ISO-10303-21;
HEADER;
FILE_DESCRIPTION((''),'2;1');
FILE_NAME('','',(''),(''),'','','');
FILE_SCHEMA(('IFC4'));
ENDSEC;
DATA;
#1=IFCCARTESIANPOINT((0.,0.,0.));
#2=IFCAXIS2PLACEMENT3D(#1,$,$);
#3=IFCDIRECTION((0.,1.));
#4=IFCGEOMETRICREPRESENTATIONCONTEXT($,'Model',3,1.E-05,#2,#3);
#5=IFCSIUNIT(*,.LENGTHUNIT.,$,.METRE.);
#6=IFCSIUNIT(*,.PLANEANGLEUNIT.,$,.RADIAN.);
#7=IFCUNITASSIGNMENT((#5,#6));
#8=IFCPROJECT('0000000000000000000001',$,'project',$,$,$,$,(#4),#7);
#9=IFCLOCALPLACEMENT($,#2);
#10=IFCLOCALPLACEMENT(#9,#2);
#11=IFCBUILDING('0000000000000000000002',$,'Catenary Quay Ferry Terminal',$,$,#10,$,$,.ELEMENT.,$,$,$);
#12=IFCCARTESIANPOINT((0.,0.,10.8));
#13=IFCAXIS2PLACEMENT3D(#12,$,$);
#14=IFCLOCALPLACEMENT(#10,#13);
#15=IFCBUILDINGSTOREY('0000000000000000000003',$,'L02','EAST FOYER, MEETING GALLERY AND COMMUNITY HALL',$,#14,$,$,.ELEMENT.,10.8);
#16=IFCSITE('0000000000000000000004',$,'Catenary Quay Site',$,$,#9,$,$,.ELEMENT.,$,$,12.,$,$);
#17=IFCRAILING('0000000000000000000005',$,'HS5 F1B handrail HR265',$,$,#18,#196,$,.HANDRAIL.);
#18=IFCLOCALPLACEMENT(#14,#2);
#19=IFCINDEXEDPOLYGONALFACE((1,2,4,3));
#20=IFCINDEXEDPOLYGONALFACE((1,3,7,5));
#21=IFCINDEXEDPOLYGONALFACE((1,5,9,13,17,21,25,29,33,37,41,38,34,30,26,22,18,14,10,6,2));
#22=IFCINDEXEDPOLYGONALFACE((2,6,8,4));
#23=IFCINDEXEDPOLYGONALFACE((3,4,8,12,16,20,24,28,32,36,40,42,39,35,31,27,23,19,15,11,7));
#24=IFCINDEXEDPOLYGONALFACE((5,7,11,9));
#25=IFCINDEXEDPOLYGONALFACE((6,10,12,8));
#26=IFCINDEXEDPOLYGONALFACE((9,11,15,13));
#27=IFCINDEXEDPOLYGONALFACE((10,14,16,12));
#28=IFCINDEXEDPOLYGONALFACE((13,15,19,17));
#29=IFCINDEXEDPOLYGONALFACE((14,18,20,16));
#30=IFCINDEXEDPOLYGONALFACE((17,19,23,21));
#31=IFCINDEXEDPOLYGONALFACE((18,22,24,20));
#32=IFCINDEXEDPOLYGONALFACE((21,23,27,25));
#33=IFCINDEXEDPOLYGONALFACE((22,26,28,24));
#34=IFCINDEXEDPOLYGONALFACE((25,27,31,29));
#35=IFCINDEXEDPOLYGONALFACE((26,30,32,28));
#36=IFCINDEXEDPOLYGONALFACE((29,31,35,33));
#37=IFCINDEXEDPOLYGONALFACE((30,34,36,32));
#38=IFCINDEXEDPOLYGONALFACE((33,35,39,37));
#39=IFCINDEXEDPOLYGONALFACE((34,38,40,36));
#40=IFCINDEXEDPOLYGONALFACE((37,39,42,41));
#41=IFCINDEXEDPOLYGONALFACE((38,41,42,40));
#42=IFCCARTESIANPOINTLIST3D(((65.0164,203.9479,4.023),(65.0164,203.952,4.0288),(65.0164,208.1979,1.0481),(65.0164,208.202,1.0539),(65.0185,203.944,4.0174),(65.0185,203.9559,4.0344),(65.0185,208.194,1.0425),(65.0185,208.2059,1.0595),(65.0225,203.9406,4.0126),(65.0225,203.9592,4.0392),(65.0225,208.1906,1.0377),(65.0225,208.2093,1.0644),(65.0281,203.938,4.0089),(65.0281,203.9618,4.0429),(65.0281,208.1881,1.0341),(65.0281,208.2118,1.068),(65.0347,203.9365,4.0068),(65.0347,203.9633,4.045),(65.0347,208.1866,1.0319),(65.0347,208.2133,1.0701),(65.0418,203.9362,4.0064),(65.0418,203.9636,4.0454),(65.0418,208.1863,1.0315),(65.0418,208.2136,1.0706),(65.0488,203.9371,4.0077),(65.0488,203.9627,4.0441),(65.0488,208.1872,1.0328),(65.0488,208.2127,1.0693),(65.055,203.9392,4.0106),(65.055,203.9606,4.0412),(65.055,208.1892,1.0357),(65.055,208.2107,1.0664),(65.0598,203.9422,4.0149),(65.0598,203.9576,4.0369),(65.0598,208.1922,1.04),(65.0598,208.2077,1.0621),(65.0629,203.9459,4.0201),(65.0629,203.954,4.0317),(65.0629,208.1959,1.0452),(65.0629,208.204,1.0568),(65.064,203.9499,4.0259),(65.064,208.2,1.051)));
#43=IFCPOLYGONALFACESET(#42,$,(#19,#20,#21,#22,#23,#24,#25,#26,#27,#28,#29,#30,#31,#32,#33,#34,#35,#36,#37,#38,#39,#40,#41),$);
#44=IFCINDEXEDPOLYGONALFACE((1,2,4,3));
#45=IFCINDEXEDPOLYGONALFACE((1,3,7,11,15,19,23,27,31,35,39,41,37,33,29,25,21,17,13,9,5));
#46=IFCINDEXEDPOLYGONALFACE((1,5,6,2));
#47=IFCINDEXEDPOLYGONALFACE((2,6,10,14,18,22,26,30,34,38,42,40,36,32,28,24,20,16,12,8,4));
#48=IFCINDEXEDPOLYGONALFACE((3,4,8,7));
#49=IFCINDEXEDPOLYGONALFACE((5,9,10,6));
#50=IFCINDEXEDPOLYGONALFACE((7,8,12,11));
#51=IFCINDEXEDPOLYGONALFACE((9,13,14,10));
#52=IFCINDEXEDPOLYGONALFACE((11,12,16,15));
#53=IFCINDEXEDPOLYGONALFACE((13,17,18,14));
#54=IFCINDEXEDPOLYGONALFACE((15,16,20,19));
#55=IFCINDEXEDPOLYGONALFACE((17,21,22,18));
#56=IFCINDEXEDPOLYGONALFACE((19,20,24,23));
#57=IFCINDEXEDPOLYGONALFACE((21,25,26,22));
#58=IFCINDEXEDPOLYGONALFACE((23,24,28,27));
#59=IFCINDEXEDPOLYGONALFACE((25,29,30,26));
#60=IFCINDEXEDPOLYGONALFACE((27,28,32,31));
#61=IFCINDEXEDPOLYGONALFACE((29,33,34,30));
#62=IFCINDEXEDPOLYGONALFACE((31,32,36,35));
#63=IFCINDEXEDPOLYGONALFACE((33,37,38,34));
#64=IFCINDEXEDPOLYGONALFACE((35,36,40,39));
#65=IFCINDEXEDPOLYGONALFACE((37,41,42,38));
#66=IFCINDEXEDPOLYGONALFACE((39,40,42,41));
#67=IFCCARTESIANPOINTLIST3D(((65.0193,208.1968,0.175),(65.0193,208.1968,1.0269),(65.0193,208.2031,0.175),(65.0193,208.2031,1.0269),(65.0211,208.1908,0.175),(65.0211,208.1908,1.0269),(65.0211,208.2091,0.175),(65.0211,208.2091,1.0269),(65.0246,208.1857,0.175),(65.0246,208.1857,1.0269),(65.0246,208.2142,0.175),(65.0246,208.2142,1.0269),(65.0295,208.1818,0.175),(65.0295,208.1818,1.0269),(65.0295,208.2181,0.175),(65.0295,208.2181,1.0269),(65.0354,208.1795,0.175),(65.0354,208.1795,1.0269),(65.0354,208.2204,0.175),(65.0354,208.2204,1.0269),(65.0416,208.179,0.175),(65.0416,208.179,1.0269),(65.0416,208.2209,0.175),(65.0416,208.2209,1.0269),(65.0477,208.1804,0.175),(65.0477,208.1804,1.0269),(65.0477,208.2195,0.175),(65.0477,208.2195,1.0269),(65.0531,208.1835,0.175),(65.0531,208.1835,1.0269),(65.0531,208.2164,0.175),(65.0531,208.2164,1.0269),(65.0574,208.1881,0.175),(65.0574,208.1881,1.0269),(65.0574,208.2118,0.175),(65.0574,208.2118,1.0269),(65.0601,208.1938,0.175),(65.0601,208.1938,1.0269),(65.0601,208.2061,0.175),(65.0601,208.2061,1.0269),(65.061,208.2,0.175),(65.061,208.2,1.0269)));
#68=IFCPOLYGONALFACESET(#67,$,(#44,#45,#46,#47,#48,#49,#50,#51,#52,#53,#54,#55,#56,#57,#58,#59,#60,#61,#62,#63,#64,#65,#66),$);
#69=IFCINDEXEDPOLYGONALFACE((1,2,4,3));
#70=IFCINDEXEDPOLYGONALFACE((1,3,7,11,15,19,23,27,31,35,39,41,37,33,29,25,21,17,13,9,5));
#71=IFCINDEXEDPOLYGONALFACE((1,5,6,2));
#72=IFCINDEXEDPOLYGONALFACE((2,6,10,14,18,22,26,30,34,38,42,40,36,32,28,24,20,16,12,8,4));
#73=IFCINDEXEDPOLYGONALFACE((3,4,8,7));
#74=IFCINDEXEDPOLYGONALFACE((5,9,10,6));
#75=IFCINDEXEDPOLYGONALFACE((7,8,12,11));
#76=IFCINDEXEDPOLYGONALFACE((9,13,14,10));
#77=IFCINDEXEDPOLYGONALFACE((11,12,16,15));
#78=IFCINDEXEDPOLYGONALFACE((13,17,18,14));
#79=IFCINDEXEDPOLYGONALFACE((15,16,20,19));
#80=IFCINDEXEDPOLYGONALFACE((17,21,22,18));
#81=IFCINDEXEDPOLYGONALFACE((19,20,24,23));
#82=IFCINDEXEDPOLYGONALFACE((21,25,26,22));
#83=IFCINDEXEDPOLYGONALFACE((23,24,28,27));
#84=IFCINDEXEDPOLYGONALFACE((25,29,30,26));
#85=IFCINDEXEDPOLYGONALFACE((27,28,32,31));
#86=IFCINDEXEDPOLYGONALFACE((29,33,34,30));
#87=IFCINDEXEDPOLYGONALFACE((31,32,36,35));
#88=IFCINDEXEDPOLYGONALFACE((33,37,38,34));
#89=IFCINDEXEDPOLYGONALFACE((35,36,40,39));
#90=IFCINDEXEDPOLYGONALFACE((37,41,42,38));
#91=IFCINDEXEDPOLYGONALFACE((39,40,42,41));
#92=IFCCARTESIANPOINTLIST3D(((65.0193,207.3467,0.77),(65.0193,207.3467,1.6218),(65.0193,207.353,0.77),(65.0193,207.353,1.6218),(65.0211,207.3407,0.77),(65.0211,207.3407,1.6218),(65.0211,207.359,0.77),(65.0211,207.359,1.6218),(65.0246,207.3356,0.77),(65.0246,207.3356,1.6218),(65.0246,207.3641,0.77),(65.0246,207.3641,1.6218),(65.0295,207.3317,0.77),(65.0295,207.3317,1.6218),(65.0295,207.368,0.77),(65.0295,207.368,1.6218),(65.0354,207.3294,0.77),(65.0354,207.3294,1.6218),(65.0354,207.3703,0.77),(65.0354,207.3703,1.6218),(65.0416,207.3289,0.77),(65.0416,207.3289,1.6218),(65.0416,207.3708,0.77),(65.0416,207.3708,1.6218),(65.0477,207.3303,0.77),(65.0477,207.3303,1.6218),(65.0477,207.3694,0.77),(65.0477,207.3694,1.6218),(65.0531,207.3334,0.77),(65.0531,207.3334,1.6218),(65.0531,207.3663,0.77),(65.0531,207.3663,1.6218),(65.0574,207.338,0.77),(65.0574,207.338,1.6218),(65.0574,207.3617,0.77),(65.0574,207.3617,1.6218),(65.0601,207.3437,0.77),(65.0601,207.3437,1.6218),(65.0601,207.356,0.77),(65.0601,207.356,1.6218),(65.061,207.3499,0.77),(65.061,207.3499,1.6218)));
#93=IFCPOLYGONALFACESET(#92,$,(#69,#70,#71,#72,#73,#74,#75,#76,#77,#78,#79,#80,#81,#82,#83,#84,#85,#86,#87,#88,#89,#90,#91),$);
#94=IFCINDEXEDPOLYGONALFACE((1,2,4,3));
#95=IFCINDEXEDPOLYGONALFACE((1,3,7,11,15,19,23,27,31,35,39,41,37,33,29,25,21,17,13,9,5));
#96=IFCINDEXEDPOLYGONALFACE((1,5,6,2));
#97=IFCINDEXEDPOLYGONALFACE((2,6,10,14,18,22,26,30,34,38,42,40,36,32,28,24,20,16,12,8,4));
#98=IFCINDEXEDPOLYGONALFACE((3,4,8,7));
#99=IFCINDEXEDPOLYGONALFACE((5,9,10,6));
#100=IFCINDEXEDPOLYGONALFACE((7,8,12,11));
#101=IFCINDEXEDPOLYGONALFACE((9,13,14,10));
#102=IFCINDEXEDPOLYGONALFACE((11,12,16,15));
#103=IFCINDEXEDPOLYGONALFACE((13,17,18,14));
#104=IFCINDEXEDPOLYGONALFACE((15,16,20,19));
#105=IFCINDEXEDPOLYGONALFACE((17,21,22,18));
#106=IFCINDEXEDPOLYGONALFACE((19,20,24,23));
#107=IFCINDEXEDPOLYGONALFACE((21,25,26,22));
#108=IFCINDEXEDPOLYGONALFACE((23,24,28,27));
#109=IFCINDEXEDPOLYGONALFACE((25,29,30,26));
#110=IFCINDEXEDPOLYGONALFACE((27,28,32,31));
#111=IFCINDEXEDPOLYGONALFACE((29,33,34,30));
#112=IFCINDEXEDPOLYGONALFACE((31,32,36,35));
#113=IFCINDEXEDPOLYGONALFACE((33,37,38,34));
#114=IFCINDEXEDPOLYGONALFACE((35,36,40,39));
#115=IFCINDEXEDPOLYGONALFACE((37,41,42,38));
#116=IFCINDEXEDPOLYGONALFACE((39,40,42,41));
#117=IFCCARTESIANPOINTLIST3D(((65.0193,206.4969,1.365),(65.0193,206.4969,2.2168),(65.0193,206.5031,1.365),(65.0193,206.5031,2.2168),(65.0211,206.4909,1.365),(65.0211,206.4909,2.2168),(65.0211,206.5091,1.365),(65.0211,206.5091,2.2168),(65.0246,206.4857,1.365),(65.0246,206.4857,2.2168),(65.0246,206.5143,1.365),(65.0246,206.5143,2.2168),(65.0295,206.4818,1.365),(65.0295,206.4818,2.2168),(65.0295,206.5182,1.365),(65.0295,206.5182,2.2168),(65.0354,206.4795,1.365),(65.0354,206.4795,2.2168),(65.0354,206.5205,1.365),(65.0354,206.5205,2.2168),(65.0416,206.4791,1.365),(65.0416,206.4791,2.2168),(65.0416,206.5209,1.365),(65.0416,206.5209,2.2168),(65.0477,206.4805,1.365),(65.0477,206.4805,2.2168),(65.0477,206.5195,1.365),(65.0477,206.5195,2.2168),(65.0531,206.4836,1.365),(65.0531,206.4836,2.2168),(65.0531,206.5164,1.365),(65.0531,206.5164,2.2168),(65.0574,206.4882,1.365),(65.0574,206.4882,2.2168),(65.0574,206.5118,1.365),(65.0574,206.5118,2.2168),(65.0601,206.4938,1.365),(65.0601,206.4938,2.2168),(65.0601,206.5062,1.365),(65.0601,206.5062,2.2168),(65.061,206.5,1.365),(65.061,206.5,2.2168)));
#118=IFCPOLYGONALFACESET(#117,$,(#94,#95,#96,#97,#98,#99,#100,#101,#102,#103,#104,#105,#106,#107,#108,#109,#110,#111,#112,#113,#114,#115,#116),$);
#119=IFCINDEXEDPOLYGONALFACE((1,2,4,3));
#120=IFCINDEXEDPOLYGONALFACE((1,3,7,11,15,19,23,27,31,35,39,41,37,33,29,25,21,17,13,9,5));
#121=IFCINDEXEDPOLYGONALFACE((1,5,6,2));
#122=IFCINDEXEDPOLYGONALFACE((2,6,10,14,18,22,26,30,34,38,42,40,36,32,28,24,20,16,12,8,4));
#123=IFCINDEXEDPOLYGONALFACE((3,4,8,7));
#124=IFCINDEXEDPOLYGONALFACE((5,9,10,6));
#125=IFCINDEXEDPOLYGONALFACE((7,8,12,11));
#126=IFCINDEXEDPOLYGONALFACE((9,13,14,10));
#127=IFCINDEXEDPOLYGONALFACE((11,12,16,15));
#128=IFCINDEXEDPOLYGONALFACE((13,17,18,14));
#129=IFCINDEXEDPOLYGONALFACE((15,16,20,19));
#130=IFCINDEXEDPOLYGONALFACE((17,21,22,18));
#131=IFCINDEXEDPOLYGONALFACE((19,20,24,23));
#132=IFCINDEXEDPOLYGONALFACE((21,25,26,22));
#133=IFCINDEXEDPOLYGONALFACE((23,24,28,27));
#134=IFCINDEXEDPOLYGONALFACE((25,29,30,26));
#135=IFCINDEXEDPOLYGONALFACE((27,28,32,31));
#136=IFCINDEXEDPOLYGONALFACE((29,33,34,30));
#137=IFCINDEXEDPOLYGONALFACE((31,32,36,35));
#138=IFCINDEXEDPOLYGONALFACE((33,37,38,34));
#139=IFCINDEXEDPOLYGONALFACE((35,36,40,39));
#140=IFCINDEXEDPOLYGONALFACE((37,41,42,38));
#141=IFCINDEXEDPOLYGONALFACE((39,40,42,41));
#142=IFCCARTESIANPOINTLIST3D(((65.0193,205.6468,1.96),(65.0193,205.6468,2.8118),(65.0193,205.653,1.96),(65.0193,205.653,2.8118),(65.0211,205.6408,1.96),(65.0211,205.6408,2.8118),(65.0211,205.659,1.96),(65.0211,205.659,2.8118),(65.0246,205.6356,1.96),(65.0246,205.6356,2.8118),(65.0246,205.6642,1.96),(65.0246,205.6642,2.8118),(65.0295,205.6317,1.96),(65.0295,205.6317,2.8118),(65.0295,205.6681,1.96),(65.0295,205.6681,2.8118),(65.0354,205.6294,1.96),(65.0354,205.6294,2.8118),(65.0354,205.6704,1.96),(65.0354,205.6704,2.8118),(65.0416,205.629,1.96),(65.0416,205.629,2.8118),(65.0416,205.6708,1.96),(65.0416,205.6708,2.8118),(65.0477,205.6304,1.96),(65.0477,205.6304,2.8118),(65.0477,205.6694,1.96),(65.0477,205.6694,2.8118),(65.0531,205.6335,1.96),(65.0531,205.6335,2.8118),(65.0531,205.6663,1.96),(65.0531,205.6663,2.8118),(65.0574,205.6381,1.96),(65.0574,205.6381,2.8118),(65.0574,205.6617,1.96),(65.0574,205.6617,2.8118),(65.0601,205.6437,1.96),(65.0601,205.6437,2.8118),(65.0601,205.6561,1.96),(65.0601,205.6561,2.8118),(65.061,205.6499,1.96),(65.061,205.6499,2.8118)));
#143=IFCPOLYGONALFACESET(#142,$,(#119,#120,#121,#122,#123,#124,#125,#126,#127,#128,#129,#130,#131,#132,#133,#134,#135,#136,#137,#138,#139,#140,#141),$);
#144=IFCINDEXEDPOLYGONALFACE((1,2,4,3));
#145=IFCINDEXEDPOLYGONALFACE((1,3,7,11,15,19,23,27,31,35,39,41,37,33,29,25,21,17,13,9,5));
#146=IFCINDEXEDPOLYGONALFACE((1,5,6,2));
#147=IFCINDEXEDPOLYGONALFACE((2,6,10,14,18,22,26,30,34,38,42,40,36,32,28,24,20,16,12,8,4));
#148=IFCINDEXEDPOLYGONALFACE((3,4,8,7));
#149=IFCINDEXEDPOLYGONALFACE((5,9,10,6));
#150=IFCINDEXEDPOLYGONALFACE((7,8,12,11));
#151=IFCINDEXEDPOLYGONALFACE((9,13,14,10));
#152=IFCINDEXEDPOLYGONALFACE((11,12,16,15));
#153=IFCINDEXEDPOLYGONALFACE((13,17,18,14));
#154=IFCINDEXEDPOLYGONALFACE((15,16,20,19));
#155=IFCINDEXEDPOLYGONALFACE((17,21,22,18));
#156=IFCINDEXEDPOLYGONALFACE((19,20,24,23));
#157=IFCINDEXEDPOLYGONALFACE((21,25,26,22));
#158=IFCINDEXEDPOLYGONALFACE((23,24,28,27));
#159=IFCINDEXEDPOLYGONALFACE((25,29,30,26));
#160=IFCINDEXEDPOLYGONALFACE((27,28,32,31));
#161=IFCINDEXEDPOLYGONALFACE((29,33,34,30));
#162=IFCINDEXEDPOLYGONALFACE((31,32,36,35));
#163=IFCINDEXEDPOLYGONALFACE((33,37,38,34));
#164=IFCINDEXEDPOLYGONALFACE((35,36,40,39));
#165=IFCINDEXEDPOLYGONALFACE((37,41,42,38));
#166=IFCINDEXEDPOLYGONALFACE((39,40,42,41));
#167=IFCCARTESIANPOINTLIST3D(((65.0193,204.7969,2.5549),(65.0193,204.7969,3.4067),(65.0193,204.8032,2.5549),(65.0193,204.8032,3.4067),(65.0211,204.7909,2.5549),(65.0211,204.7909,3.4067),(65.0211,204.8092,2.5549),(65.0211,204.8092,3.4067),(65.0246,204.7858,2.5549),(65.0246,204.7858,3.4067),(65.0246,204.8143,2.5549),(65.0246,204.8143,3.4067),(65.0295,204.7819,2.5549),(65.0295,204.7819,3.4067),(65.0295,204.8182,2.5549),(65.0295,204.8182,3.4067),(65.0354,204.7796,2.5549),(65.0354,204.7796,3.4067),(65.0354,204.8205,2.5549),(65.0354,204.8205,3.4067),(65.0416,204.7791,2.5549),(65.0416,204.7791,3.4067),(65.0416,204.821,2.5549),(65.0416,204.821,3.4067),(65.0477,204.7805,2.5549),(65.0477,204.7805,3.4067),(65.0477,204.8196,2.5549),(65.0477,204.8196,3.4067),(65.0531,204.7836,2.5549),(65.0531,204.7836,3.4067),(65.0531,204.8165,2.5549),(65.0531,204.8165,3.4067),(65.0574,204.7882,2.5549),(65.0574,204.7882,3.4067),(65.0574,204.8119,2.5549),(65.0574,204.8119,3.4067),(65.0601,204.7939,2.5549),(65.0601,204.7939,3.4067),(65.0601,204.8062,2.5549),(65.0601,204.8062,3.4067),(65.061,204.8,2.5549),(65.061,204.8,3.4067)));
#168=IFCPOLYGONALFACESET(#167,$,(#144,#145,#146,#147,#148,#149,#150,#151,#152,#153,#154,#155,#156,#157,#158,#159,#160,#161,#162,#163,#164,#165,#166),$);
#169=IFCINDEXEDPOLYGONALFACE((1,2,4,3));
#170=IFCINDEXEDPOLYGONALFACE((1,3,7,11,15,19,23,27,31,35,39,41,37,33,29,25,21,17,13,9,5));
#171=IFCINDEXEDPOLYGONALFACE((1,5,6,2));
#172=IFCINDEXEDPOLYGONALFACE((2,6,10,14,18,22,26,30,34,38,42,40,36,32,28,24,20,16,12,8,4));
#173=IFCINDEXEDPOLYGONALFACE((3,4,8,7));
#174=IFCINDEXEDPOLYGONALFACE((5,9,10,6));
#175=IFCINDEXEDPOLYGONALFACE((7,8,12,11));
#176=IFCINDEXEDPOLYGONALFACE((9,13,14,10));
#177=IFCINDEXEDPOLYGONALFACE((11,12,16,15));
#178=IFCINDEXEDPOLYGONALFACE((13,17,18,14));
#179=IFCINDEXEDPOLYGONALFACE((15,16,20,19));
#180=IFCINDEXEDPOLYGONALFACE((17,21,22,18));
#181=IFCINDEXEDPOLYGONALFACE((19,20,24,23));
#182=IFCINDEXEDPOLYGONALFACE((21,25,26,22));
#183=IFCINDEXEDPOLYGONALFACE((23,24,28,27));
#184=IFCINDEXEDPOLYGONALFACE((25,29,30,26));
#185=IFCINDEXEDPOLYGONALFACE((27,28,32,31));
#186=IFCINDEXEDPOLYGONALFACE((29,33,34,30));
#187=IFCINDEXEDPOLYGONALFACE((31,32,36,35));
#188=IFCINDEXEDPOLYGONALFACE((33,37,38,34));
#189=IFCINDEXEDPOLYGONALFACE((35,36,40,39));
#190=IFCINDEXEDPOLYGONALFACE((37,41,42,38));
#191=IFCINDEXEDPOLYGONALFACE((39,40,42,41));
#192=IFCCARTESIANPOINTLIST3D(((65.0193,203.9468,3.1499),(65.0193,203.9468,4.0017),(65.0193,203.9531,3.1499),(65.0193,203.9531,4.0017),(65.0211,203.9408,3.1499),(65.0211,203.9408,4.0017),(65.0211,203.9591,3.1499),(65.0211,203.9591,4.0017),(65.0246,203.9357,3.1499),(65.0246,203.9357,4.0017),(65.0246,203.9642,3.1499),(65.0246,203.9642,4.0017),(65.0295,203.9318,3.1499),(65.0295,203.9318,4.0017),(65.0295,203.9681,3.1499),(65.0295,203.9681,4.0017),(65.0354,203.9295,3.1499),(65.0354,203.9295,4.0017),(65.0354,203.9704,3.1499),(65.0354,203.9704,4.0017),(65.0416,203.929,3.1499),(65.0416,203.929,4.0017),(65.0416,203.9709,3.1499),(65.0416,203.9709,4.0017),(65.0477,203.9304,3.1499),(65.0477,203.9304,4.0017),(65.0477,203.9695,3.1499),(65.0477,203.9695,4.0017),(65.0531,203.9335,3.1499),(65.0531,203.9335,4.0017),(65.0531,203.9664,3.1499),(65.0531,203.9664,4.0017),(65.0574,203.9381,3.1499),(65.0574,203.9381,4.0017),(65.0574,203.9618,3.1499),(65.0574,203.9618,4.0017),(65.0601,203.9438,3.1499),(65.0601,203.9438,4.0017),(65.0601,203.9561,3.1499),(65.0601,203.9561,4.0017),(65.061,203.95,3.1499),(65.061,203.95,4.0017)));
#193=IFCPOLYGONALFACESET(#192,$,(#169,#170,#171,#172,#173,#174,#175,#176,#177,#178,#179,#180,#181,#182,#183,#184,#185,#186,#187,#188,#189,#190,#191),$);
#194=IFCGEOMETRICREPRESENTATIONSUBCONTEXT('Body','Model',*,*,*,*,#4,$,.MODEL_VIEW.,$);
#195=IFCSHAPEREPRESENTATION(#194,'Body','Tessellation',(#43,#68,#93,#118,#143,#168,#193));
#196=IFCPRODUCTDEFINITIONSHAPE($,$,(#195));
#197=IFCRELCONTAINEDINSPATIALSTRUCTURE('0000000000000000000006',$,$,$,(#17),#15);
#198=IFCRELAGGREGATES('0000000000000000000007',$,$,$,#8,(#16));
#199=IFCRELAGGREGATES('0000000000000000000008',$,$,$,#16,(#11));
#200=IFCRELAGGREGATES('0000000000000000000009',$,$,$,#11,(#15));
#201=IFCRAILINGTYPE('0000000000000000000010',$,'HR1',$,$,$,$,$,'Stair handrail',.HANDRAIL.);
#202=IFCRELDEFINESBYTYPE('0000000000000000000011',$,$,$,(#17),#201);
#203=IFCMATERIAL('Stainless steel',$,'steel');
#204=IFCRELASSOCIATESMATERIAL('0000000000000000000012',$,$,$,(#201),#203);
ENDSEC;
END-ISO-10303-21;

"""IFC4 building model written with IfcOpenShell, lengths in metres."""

from ifc_helpers import new_model, si_unit, direction, frame, origin, origin_2d, place, context, subcontext, project, spatial, circle, extrude, material, type_object, element, save


model = new_model("IFC4")

# Units and contexts
model_context = context("Model", 3, precision=1e-05, world=origin(), true_north=direction((0.0, 1.0)))
body_context = subcontext(model_context, "Body", "Model", "MODEL_VIEW")
ifc_project = project(units=[si_unit("LENGTHUNIT", "METRE"), si_unit("PLANEANGLEUNIT", "RADIAN")], contexts=[model_context])

# Site, building, storey
site_placement = place(None, origin())
site = spatial("IfcSite", under=ifc_project, at=site_placement, Name="Catenary Quay Site", CompositionType="ELEMENT", RefElevation=12.0)
building_placement = place(site_placement, origin())
building = spatial("IfcBuilding", under=site, at=building_placement, Name="Catenary Quay Ferry Terminal", CompositionType="ELEMENT")
storey_placement = place(building_placement, frame((0.0, 0.0, 10.8)))
storey = spatial("IfcBuildingStorey", under=building, at=storey_placement, Name="L02", Description="EAST FOYER, MEETING GALLERY AND COMMUNITY HALL", CompositionType="ELEMENT", Elevation=10.8)

# Railing
ifc_material_1 = material(Name="Stainless steel", Category="steel")
railing_type = type_object("IfcRailingType", Name="HR1", ElementType="Stair handrail", PredefinedType="HANDRAIL", material=ifc_material_1)
railing_placement = place(storey_placement, frame((65.04, 208.2, 0.175)))
element("IfcRailing", 1, at=railing_placement, inside=storey, type_object=railing_type, Name="HS5 F1B handrail HR265", PredefinedType="HANDRAIL", context=body_context, shape_type="SweptSolid", body=[
    extrude(circle(Radius=0.0239, at=origin_2d()), frame((0.0, 0.0, 0.876), z_axis=(0.0, -0.819245, 0.573443), x_axis=(1.0, 0.0, 0.0)), (0.0, 0.0, 1.0), 5.1877),
    extrude(circle(Radius=0.021, at=origin_2d()), origin(), (0.0, 0.0, 1.0), 0.8518),
    extrude(circle(Radius=0.021, at=origin_2d()), frame((0.0, -0.8501, 0.595)), (0.0, 0.0, 1.0), 0.8518),
    extrude(circle(Radius=0.021, at=origin_2d()), frame((0.0, -1.7, 1.1899)), (0.0, 0.0, 1.0), 0.8518),
    extrude(circle(Radius=0.021, at=origin_2d()), frame((0.0, -2.55, 1.7849)), (0.0, 0.0, 1.0), 0.8518),
    extrude(circle(Radius=0.021, at=origin_2d()), frame((0.0, -3.3999, 2.3799)), (0.0, 0.0, 1.0), 0.8518),
    extrude(circle(Radius=0.021, at=origin_2d()), frame((0.0, -4.25, 2.9749)), (0.0, 0.0, 1.0), 0.8518),
])

save(model, "model.ifc")
